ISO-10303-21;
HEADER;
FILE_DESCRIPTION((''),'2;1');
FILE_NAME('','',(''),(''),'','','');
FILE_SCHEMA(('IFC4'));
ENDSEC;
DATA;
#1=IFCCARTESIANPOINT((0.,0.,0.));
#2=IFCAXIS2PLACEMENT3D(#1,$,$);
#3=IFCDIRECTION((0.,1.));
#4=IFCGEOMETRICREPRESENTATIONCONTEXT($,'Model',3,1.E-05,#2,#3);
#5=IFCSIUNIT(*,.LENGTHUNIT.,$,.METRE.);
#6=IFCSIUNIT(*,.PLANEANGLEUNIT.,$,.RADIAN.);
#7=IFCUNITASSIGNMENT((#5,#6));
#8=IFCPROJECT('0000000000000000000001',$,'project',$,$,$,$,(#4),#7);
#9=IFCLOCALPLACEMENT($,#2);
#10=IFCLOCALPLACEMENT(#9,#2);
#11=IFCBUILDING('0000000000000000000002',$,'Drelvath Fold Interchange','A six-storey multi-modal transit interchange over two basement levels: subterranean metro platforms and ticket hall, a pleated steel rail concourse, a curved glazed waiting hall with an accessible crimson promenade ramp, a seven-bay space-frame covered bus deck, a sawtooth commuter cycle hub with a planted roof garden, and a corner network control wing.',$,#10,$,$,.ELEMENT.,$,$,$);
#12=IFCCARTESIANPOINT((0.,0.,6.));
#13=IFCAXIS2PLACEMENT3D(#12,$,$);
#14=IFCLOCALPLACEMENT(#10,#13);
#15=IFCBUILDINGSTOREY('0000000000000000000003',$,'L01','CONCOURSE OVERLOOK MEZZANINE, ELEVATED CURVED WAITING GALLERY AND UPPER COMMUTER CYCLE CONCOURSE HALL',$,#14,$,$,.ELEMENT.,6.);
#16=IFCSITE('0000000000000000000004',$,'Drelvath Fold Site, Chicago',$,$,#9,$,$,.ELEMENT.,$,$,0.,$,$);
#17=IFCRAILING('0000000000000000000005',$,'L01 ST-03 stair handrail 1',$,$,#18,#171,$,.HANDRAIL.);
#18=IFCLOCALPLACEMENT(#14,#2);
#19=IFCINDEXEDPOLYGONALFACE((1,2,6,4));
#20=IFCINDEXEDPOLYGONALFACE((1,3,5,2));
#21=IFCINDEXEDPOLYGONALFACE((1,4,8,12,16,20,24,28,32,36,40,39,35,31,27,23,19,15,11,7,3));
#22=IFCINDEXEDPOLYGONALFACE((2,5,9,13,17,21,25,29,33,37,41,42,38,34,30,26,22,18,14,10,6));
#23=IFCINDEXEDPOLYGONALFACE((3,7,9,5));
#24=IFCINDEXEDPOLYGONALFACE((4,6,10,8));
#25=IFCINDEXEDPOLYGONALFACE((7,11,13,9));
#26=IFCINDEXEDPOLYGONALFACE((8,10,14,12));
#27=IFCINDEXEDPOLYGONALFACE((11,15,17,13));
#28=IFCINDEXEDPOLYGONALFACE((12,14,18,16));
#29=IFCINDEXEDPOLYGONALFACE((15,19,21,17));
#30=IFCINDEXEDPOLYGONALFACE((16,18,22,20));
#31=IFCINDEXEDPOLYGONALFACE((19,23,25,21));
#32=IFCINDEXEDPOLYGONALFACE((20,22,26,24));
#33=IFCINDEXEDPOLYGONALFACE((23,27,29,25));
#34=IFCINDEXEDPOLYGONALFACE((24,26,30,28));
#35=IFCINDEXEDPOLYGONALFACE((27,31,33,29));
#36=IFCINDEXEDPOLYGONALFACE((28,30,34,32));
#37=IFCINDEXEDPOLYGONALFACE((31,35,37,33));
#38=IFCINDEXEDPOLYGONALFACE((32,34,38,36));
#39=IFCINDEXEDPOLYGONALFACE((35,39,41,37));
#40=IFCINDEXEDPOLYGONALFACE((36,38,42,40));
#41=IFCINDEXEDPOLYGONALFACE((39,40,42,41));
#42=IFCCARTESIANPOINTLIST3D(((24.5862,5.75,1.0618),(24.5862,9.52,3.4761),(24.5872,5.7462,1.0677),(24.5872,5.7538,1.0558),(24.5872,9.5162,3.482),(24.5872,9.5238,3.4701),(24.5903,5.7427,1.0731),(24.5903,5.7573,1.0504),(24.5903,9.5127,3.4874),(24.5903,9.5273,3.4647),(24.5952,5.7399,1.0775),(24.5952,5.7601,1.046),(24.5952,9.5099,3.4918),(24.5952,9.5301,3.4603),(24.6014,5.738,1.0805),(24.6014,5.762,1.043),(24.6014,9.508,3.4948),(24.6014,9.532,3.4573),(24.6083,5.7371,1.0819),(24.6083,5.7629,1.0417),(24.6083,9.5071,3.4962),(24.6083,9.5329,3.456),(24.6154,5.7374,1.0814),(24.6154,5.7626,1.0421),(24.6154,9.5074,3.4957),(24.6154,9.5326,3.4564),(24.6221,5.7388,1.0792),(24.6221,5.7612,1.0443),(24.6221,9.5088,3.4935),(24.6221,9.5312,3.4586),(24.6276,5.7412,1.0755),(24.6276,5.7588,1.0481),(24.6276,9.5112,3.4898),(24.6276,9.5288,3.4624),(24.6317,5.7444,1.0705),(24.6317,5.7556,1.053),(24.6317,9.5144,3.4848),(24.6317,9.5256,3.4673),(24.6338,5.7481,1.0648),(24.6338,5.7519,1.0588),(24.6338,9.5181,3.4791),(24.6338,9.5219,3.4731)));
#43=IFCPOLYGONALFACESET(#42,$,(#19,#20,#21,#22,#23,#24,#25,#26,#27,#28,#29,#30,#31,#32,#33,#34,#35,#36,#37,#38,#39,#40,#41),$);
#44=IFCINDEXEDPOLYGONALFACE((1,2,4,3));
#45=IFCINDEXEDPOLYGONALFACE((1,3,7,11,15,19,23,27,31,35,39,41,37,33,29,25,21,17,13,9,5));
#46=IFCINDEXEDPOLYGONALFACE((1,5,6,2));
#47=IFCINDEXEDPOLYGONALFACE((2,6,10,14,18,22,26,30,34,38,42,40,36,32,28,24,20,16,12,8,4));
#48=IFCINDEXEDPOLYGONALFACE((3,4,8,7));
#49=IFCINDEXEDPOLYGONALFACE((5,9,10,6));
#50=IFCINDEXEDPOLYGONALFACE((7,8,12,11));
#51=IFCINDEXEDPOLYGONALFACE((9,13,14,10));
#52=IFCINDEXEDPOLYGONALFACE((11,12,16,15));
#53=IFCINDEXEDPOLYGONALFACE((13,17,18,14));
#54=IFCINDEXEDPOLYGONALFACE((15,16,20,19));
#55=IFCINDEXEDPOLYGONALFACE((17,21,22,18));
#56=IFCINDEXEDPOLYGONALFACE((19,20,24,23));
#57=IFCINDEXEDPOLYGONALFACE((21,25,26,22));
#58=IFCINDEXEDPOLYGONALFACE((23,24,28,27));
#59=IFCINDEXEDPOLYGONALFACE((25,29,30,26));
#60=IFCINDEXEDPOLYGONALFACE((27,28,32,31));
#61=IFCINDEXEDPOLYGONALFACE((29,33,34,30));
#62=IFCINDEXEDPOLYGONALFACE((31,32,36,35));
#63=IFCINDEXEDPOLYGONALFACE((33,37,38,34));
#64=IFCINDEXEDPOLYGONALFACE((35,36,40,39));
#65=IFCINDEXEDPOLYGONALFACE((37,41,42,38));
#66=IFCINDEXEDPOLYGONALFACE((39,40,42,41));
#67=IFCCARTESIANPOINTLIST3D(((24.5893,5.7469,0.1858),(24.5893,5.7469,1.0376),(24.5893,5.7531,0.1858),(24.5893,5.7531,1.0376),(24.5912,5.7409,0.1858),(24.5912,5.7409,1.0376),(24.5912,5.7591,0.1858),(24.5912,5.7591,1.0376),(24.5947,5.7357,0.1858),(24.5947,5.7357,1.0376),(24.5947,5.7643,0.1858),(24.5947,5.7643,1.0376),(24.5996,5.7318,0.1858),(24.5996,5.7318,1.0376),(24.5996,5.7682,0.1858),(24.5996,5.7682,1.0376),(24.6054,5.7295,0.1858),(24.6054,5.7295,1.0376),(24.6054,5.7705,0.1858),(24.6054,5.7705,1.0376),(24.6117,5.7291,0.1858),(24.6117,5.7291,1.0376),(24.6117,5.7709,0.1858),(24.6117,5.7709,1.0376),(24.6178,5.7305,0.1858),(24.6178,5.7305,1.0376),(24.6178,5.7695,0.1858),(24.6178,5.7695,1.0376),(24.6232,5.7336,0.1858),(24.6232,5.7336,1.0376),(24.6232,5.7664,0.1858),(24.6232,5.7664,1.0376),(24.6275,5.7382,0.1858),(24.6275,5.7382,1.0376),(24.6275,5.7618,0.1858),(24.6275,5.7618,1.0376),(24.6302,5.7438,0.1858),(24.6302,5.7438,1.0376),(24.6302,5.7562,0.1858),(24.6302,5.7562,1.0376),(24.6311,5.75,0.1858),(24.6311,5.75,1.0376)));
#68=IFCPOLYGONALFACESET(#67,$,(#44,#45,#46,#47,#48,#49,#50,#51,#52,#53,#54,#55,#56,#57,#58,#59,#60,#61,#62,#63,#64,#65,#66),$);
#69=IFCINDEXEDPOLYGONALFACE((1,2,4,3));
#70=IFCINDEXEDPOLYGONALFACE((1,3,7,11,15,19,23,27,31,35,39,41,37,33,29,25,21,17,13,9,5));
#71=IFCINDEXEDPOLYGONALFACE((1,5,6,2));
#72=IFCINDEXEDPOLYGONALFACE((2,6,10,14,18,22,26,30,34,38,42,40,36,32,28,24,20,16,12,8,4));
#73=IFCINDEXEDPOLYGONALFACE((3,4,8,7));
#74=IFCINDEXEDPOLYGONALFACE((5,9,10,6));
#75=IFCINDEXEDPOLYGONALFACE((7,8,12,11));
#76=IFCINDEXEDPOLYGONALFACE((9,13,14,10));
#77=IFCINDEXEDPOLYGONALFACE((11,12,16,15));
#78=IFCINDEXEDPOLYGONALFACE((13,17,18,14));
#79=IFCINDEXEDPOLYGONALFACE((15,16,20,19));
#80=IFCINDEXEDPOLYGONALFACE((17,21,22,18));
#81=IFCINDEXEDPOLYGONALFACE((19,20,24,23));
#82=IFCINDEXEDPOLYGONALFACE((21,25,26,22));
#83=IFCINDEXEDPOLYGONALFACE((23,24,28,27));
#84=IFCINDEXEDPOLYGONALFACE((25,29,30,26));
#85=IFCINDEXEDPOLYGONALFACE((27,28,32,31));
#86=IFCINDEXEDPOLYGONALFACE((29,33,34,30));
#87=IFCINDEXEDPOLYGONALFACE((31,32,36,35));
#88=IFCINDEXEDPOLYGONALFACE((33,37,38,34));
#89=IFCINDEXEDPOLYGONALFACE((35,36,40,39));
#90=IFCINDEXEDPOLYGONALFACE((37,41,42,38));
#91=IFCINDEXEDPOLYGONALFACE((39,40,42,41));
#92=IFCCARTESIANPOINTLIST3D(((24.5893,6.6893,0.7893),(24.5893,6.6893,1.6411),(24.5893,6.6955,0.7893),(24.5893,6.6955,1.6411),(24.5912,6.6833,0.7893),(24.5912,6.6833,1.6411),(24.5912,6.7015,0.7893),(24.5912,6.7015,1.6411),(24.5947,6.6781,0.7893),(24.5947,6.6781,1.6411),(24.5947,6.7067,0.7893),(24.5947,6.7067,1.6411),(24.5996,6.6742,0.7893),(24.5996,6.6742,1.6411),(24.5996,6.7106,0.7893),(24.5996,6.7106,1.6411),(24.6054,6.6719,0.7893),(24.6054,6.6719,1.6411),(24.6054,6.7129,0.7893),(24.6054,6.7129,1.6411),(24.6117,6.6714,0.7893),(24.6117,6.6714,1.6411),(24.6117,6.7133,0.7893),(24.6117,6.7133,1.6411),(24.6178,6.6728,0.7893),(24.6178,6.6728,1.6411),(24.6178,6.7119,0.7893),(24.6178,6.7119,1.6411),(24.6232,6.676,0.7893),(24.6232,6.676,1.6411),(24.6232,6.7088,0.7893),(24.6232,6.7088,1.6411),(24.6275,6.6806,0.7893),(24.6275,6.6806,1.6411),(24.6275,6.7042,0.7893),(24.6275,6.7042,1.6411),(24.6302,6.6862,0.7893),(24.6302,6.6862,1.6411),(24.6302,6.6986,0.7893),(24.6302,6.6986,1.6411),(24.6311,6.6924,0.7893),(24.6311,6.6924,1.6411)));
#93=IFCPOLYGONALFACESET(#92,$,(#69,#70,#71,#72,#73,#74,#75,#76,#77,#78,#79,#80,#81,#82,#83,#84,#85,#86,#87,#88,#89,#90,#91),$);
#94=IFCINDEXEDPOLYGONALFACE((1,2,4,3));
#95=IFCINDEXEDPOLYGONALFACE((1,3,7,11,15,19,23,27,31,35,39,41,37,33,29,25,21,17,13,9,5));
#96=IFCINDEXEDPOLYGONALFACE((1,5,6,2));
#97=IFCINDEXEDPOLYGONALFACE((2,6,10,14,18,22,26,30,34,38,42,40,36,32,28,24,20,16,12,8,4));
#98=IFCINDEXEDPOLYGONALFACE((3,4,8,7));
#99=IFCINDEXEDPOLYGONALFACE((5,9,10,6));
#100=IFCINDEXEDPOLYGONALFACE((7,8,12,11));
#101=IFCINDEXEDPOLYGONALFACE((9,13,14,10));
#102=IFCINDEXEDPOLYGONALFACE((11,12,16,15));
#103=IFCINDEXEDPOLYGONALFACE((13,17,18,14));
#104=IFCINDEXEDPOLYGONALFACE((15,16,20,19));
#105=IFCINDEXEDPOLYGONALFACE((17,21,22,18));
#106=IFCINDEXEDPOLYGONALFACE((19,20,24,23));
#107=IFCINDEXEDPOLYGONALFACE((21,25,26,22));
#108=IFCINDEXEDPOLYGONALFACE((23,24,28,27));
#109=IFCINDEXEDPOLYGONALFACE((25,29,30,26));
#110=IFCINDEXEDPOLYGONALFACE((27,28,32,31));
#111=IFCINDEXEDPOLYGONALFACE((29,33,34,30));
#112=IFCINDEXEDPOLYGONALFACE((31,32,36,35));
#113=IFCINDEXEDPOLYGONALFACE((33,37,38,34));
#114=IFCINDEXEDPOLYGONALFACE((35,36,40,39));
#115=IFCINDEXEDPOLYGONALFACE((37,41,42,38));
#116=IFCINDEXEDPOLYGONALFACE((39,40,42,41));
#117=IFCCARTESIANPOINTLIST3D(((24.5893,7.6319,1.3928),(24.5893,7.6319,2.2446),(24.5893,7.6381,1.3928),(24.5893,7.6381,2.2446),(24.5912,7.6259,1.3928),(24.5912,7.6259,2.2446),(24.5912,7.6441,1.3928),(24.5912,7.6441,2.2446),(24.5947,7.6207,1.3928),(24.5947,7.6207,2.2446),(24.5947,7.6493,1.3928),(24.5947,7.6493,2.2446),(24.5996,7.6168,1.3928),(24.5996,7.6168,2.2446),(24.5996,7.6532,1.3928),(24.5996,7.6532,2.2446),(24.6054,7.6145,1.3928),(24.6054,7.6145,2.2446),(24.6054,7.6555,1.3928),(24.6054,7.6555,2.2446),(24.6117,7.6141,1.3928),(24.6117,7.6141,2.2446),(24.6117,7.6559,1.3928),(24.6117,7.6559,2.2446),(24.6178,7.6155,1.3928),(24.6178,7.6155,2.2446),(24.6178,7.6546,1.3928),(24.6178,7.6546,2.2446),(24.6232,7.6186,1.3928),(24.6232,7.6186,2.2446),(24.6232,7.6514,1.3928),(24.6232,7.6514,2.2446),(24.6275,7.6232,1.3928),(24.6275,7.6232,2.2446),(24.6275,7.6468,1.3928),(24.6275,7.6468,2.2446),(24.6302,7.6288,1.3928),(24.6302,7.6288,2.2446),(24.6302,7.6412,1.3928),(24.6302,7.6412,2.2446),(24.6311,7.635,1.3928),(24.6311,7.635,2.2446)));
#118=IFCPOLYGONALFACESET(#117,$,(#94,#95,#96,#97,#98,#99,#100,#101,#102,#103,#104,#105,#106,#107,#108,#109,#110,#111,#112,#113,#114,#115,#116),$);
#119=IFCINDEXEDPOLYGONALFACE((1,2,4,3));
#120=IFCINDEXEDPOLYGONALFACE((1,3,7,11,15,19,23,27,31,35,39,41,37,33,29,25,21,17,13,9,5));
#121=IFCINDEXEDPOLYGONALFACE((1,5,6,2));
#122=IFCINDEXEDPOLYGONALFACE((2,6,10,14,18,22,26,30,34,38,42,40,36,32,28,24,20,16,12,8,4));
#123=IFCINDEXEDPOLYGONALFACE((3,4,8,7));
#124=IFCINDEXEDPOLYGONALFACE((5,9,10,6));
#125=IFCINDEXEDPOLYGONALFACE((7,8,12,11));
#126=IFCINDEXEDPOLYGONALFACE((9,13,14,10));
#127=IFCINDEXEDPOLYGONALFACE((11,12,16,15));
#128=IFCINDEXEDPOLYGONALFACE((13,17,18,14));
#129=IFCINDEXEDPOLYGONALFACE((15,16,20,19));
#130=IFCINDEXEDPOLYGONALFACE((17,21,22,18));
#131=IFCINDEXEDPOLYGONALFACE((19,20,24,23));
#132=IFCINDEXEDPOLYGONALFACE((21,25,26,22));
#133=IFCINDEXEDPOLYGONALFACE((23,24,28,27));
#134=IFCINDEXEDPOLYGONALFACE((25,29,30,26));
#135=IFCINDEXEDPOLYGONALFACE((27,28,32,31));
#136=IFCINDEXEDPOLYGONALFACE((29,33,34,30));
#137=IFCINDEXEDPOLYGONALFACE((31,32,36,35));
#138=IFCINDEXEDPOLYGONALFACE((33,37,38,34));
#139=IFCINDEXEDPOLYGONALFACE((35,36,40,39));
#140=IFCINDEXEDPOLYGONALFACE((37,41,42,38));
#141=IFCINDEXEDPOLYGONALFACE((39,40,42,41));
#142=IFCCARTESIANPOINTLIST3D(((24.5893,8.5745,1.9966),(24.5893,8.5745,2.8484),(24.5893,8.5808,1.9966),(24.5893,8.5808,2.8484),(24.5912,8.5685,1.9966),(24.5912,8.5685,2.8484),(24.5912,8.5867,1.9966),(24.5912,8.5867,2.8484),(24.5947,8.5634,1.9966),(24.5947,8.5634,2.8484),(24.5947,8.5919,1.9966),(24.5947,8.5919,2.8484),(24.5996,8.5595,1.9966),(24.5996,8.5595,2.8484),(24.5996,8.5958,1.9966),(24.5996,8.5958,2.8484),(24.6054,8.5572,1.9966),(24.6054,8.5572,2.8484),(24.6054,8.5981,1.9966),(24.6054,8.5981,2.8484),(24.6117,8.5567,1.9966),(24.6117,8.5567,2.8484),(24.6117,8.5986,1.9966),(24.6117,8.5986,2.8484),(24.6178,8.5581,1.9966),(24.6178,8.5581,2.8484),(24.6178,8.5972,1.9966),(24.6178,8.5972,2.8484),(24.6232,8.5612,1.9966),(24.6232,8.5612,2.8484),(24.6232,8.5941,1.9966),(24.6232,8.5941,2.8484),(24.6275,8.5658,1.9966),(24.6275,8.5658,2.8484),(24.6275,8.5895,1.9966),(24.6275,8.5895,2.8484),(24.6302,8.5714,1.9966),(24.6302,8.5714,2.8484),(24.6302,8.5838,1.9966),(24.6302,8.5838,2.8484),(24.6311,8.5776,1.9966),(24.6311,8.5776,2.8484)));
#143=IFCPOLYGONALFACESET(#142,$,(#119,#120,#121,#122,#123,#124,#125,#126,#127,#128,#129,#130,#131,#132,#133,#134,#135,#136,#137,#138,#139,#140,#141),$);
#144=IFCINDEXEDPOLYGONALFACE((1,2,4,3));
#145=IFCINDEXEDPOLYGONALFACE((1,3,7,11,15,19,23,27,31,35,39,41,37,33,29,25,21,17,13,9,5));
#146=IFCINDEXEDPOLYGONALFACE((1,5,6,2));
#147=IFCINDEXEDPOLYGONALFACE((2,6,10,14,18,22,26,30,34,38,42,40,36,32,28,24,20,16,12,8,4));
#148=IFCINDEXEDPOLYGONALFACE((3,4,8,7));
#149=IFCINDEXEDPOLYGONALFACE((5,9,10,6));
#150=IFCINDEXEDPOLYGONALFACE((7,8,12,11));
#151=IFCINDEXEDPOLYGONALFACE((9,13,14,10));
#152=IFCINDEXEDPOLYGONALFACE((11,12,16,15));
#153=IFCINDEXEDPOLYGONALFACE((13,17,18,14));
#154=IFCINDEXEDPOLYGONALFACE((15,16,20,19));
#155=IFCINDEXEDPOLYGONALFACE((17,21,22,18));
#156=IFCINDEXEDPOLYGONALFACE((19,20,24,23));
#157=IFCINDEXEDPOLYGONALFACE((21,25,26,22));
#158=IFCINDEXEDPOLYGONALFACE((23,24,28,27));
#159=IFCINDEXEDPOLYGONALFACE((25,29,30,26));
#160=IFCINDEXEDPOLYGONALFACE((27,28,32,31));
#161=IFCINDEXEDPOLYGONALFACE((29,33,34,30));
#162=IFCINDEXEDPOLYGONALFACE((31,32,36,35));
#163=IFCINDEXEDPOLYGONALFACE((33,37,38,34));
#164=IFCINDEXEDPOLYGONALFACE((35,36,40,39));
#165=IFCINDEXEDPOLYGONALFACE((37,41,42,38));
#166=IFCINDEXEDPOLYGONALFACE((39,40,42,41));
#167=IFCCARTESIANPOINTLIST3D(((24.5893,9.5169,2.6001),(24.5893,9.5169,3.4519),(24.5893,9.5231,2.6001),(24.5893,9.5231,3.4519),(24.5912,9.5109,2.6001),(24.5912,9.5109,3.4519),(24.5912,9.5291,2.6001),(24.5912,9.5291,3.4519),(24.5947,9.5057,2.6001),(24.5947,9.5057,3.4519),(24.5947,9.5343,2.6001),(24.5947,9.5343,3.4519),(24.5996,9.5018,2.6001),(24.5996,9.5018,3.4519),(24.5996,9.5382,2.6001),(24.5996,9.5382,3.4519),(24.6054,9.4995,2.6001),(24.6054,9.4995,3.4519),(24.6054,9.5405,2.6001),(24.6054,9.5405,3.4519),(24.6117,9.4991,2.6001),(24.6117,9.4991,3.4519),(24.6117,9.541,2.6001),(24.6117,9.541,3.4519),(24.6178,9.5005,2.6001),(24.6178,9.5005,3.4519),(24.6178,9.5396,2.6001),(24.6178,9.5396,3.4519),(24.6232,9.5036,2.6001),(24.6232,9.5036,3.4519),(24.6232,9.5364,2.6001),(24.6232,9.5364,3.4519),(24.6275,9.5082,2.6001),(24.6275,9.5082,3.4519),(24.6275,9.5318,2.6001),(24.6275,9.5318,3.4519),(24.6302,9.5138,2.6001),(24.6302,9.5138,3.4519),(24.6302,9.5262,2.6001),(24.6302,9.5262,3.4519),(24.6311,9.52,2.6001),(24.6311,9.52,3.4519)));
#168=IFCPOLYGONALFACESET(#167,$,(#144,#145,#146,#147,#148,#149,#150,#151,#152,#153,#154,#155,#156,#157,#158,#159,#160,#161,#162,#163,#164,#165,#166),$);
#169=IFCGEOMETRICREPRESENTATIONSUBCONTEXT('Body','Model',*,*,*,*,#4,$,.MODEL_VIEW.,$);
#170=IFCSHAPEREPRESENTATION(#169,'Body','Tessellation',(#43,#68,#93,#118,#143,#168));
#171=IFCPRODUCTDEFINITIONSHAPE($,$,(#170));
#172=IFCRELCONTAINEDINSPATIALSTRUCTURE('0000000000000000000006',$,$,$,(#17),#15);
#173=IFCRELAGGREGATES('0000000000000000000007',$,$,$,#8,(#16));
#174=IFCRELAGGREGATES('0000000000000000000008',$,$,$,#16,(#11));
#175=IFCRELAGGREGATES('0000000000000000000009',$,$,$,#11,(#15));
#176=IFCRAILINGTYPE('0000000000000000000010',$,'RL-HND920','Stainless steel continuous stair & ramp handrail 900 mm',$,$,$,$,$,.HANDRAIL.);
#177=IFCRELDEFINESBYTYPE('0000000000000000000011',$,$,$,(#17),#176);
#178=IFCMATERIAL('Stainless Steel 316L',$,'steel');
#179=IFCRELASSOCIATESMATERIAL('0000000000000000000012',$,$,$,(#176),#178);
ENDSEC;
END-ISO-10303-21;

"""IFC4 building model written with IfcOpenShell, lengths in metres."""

from ifc_helpers import new_model, si_unit, direction, frame, origin, origin_2d, place, context, subcontext, project, spatial, circle, extrude, material, type_object, element, save


model = new_model("IFC4")

# Units and contexts
model_context = context("Model", 3, precision=1e-05, world=origin(), true_north=direction((0.0, 1.0)))
body_context = subcontext(model_context, "Body", "Model", "MODEL_VIEW")
ifc_project = project(units=[si_unit("LENGTHUNIT", "METRE"), si_unit("PLANEANGLEUNIT", "RADIAN")], contexts=[model_context])

# Site, building, storey
site_placement = place(None, origin())
site = spatial("IfcSite", under=ifc_project, at=site_placement, Name="Drelvath Fold Site, Chicago", CompositionType="ELEMENT", RefElevation=0.0)
building_placement = place(site_placement, origin())
building = spatial("IfcBuilding", under=site, at=building_placement, Name="Drelvath Fold Interchange", Description="A six-storey multi-modal transit interchange over two basement levels: subterranean metro platforms and ticket hall, a pleated steel rail concourse, a curved glazed waiting hall with an accessible crimson promenade ramp, a seven-bay space-frame covered bus deck, a sawtooth commuter cycle hub with a planted roof garden, and a corner network control wing.", CompositionType="ELEMENT")
storey_placement = place(building_placement, frame((0.0, 0.0, 6.0)))
storey = spatial("IfcBuildingStorey", under=building, at=storey_placement, Name="L01", Description="CONCOURSE OVERLOOK MEZZANINE, ELEVATED CURVED WAITING GALLERY AND UPPER COMMUTER CYCLE CONCOURSE HALL", CompositionType="ELEMENT", Elevation=6.0)

# Railing
ifc_material_1 = material(Name="Stainless Steel 316L", Category="steel")
railing_type_1 = type_object("IfcRailingType", Name="RL-HND920", Description="Stainless steel continuous stair & ramp handrail 900 mm", PredefinedType="HANDRAIL", material=ifc_material_1)
railing_1_placement = place(storey_placement, frame((24.6101, 5.75, 0.1858)))
element("IfcRailing", 1, at=railing_1_placement, inside=storey, type_object=railing_type_1, Name="L01 ST-03 stair handrail 1", PredefinedType="HANDRAIL", context=body_context, shape_type="SweptSolid", body=[
    extrude(circle(Radius=0.0239, at=origin_2d()), frame((0.0, 0.0, 0.876), z_axis=(0.0, 0.84212, 0.53929), x_axis=(-1.0, 0.0, 0.0)), (0.0, 0.0, 1.0), 4.4768),
    extrude(circle(Radius=0.021, at=origin_2d()), origin(), (0.0, 0.0, 1.0), 0.8518),
    extrude(circle(Radius=0.021, at=origin_2d()), frame((0.0, 0.9424, 0.6035)), (0.0, 0.0, 1.0), 0.8518),
    extrude(circle(Radius=0.021, at=origin_2d()), frame((0.0, 1.885, 1.207)), (0.0, 0.0, 1.0), 0.8518),
    extrude(circle(Radius=0.021, at=origin_2d()), frame((0.0, 2.8276, 1.8108)), (0.0, 0.0, 1.0), 0.8518),
    extrude(circle(Radius=0.021, at=origin_2d()), frame((0.0, 3.77, 2.4143)), (0.0, 0.0, 1.0), 0.8518),
])

save(model, "model.ifc")
